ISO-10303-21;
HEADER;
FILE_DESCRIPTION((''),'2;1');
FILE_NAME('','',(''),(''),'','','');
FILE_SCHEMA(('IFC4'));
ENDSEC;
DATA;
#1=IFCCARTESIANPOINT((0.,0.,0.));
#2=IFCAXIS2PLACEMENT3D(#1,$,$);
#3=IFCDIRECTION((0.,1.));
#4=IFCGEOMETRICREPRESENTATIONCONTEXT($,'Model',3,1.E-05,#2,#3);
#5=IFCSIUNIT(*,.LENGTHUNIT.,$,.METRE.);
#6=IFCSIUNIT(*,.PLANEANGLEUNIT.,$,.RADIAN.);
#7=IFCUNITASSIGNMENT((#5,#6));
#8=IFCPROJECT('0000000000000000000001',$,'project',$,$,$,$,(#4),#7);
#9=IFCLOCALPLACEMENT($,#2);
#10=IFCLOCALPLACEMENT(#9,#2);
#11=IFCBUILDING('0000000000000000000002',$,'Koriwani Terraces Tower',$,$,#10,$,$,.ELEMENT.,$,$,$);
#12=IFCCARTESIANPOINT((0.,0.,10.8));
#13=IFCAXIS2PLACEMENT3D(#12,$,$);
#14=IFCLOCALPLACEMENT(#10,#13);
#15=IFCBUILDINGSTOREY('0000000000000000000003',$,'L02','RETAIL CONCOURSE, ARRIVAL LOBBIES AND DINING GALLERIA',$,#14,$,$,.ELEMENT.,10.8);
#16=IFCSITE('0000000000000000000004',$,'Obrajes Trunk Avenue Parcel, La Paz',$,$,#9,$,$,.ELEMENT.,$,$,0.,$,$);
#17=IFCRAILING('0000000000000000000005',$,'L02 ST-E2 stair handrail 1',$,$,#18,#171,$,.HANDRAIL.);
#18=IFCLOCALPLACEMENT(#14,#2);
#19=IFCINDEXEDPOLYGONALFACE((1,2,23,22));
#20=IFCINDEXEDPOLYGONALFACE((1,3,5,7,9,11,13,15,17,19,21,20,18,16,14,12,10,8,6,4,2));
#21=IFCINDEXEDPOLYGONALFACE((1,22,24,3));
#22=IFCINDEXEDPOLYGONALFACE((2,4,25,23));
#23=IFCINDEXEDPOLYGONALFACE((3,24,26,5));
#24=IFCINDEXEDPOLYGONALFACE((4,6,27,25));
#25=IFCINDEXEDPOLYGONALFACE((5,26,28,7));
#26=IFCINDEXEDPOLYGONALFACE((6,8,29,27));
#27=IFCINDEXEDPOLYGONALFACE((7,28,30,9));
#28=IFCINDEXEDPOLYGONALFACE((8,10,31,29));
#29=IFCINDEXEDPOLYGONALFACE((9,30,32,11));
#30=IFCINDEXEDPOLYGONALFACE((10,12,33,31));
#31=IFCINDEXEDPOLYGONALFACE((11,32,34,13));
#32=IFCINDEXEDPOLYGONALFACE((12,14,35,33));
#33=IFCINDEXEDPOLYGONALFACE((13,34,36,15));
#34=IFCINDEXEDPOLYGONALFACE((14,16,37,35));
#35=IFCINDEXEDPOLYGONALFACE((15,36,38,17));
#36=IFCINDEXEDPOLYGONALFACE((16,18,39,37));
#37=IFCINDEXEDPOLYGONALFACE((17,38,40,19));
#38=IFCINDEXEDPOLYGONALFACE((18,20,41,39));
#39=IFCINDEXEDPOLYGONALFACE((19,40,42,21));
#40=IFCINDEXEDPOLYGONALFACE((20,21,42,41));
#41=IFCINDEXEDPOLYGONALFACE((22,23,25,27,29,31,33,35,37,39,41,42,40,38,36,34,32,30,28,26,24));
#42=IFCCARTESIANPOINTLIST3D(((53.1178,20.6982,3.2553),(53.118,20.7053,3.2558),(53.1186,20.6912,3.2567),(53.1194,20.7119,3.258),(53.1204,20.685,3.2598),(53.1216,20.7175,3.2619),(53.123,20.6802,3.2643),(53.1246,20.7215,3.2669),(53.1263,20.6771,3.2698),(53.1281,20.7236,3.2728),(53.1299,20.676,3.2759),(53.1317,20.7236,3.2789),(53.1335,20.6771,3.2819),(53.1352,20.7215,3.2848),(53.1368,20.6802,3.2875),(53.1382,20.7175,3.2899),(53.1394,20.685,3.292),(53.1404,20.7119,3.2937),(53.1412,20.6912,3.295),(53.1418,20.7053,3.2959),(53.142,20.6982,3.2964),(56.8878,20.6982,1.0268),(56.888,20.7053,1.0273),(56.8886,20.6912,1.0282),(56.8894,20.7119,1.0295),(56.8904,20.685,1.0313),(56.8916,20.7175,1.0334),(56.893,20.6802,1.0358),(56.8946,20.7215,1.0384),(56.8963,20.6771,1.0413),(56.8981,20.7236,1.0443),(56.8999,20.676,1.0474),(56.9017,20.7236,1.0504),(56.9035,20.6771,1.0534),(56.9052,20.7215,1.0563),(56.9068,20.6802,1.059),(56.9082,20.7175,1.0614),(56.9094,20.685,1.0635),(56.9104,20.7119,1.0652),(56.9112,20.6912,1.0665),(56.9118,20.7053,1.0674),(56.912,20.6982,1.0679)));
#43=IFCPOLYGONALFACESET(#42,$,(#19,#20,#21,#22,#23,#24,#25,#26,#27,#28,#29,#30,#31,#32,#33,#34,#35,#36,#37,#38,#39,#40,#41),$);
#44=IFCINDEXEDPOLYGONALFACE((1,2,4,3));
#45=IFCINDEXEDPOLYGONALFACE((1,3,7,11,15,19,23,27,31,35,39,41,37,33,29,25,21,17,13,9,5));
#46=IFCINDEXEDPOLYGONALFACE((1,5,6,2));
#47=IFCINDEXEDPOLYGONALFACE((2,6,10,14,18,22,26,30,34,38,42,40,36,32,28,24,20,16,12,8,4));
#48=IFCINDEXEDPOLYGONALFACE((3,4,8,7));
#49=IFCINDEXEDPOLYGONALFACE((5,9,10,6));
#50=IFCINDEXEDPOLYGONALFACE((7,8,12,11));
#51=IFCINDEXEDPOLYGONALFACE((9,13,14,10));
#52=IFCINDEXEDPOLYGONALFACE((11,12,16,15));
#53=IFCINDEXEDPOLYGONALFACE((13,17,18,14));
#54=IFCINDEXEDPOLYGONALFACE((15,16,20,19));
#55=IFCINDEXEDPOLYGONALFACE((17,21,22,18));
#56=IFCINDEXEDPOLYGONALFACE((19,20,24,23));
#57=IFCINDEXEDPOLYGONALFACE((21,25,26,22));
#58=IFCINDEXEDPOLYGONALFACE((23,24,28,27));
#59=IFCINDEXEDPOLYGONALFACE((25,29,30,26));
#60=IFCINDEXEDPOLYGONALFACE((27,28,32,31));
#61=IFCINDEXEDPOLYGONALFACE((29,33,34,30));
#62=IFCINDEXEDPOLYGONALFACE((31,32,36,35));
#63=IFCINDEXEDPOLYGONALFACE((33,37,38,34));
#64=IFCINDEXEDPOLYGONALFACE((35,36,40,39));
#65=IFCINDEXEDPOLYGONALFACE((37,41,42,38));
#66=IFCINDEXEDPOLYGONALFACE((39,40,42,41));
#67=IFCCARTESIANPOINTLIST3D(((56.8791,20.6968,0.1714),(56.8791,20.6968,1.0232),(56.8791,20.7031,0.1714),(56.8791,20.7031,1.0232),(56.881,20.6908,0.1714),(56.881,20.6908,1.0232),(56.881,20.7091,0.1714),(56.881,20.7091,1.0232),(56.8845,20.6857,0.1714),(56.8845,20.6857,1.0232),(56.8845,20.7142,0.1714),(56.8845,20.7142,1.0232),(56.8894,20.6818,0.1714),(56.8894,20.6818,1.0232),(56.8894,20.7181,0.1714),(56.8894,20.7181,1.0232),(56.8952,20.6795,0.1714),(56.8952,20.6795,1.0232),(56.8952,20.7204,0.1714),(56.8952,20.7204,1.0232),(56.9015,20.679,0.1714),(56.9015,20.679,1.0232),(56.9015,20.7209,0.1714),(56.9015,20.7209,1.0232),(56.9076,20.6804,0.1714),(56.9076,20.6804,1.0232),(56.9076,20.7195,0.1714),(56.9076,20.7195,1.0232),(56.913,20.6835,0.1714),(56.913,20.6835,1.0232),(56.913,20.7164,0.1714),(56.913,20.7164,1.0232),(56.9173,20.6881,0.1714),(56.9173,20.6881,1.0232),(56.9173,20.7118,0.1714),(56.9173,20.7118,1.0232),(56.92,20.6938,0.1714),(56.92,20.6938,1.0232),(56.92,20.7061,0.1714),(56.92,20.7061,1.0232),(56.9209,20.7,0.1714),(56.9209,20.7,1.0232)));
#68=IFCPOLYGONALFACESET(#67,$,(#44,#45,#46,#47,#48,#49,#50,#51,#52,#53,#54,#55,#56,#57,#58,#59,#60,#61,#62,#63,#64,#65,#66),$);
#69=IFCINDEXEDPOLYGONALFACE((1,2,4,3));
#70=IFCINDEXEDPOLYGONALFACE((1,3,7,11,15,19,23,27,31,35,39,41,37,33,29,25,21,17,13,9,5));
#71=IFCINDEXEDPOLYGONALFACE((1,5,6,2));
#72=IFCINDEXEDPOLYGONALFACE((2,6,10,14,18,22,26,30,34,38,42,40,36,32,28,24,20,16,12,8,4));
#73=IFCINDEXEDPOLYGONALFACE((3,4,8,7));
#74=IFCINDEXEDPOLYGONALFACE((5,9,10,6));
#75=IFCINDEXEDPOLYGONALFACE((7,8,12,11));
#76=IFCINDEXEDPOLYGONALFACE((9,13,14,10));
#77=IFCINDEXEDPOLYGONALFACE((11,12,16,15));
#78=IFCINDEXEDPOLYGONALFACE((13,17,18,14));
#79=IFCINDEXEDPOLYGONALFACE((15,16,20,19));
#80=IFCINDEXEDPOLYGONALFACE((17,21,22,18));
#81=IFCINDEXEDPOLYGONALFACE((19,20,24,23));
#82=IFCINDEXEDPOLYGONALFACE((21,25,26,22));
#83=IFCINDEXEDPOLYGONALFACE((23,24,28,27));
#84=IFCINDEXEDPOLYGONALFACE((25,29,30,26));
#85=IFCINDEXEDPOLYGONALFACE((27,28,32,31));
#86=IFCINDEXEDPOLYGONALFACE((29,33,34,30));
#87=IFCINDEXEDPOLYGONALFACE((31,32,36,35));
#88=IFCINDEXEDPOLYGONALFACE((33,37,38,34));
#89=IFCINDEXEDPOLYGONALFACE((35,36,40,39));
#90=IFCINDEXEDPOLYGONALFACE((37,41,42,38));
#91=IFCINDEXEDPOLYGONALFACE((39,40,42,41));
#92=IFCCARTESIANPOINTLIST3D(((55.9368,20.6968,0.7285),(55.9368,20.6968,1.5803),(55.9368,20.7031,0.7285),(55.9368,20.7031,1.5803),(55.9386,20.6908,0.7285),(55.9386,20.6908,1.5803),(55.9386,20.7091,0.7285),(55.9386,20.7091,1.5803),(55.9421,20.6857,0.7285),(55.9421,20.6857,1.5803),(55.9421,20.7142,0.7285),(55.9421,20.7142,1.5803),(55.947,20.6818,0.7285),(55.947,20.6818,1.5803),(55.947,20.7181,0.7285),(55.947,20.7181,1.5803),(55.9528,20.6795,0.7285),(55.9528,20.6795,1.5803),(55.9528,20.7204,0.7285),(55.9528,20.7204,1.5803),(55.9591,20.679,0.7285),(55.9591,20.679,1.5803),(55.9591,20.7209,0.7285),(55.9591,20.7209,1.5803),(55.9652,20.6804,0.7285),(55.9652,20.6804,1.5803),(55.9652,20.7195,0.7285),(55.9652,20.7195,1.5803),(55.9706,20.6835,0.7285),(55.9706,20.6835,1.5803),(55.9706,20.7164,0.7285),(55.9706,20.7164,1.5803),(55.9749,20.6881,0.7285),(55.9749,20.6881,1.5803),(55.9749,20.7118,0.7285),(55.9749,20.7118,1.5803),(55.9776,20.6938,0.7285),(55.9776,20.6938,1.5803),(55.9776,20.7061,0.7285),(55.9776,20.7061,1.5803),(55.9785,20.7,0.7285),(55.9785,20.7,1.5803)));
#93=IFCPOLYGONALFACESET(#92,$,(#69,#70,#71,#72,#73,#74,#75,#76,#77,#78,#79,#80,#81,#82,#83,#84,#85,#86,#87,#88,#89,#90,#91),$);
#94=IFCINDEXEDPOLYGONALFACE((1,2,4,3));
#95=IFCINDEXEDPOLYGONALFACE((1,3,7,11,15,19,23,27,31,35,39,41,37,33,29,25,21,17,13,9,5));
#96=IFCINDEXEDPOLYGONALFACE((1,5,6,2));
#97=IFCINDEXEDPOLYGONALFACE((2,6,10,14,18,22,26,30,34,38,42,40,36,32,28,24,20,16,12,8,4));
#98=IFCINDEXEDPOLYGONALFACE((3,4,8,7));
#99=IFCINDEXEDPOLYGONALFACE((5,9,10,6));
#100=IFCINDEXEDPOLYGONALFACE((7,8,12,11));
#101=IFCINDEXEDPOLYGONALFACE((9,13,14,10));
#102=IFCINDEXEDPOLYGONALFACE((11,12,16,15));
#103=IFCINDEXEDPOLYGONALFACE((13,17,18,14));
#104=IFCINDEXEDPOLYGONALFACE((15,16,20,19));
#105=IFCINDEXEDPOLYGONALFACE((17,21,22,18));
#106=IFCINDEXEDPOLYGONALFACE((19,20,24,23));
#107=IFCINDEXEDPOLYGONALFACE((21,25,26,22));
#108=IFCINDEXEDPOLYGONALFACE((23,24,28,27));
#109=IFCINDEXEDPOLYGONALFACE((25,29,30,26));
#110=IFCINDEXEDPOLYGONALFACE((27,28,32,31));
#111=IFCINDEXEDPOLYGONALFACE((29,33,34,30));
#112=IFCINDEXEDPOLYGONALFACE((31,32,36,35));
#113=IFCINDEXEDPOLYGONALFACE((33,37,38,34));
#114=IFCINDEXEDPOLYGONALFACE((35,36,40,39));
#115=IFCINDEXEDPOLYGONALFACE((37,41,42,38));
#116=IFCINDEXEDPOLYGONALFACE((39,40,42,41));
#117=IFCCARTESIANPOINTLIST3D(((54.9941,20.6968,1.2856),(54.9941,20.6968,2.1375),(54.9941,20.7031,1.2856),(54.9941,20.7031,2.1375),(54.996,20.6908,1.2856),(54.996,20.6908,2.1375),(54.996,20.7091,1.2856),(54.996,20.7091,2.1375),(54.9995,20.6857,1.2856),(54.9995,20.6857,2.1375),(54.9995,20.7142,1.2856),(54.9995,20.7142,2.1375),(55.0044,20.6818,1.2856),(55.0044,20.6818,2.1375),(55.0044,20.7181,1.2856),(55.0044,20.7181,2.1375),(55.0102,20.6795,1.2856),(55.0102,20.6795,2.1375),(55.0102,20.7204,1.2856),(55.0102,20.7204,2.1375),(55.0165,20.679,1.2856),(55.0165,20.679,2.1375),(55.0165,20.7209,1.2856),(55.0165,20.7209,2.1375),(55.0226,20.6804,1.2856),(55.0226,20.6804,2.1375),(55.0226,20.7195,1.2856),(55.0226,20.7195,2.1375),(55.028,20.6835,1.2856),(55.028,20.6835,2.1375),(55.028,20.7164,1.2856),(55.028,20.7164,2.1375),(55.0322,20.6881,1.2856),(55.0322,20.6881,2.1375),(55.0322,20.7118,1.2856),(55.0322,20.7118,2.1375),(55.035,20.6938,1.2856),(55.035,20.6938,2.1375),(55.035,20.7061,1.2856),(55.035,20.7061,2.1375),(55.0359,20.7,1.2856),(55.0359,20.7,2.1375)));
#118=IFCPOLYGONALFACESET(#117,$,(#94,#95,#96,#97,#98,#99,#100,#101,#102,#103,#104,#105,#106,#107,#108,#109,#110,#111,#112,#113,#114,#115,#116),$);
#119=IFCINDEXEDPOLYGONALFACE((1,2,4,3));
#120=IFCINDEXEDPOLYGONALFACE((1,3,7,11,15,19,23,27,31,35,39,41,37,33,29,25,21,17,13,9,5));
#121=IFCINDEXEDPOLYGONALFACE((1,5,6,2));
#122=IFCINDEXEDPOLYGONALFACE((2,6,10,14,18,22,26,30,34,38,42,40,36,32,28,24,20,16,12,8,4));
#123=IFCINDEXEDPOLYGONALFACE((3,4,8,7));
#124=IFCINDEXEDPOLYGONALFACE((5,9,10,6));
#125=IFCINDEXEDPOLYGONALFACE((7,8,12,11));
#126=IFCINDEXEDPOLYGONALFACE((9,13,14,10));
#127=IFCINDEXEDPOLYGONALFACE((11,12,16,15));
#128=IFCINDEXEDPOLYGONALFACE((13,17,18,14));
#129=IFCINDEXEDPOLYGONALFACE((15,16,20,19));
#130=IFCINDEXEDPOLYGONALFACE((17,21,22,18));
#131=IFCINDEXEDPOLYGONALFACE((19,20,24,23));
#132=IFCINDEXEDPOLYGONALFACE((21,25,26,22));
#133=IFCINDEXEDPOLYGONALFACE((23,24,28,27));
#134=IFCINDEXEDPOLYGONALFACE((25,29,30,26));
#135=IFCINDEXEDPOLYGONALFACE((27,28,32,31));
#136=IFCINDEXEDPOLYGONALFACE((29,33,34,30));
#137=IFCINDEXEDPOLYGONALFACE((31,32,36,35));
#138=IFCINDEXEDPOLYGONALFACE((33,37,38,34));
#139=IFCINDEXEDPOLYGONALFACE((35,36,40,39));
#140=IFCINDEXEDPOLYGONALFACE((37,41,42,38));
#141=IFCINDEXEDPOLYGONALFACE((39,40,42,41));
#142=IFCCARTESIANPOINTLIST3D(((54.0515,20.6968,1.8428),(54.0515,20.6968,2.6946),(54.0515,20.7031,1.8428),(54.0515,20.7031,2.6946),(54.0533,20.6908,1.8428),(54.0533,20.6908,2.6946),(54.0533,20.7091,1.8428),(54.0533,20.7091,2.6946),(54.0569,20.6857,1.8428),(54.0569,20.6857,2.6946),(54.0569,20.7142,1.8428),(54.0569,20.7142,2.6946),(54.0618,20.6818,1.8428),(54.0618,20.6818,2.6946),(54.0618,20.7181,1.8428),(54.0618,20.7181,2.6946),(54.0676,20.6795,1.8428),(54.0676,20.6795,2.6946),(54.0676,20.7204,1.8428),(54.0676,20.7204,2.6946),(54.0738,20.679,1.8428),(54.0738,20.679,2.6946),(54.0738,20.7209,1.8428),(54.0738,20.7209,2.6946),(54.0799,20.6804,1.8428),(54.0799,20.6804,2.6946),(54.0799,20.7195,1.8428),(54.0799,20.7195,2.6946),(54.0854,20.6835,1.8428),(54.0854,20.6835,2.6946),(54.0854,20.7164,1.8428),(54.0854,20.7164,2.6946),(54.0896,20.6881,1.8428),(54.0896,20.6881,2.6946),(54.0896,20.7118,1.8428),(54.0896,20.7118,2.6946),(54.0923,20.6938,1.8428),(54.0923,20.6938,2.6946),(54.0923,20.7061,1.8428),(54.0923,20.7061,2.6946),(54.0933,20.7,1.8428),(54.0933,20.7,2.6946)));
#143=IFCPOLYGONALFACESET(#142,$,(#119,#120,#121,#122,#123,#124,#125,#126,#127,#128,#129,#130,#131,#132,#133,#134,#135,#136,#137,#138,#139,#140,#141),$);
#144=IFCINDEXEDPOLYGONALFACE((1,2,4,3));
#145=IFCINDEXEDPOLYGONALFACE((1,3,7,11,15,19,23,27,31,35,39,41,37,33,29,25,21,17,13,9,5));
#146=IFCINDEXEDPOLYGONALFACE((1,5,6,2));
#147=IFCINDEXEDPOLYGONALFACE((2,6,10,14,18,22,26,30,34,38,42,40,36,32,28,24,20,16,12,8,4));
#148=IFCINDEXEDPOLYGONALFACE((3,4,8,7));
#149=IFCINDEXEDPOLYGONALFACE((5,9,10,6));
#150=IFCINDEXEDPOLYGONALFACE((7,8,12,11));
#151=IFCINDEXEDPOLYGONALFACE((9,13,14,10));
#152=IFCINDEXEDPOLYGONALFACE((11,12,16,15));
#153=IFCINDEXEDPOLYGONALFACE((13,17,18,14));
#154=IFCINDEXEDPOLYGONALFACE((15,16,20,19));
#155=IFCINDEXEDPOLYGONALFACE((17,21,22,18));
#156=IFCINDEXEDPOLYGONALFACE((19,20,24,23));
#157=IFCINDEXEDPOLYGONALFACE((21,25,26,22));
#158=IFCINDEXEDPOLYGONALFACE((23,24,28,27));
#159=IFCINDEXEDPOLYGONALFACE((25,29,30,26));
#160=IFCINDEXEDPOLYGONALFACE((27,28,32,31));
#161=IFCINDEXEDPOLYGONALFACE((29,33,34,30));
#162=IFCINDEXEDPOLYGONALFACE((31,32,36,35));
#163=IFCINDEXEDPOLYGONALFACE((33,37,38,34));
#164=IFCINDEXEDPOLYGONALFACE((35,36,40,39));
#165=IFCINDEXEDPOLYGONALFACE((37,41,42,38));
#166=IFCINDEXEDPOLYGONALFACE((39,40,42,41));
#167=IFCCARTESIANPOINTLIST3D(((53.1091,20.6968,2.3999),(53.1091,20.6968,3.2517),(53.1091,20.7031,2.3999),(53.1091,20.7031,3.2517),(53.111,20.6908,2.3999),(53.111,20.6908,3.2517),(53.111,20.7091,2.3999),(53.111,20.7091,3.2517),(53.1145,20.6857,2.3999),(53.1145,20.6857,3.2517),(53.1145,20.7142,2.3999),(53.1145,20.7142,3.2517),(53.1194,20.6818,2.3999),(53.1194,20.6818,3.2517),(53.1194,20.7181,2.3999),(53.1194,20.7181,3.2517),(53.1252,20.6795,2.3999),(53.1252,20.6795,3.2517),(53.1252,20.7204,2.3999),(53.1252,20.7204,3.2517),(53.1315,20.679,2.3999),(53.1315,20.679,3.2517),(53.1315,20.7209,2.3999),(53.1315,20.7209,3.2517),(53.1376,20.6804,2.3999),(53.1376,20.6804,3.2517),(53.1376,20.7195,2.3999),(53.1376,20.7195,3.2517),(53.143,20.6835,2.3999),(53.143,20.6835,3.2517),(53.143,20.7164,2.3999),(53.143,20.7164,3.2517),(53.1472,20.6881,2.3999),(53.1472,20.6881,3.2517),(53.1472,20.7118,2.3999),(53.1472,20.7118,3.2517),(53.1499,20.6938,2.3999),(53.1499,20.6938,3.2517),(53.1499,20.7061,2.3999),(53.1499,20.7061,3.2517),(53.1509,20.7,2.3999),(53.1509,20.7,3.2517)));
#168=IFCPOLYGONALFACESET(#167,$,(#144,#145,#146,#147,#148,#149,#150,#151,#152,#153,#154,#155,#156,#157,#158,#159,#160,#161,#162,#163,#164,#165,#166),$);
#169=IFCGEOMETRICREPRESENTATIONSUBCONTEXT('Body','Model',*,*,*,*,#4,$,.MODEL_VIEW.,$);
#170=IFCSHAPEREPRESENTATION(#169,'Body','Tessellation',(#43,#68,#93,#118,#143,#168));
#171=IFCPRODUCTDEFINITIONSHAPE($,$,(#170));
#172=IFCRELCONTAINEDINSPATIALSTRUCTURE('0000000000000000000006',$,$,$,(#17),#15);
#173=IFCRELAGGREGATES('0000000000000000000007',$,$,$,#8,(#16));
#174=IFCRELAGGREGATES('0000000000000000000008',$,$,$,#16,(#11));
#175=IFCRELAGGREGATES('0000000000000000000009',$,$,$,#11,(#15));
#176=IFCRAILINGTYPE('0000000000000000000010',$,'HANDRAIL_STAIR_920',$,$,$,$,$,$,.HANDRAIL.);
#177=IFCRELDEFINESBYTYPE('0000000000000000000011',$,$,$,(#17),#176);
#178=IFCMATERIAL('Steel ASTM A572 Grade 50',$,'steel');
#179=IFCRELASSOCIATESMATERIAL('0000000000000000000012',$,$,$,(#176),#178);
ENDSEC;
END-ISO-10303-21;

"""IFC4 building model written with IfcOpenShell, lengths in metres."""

from ifc_helpers import new_model, si_unit, direction, frame, origin, origin_2d, place, context, subcontext, project, spatial, circle, extrude, material, type_object, element, save


model = new_model("IFC4")

# Units and contexts
model_context = context("Model", 3, precision=1e-05, world=origin(), true_north=direction((0.0, 1.0)))
body_context = subcontext(model_context, "Body", "Model", "MODEL_VIEW")
ifc_project = project(units=[si_unit("LENGTHUNIT", "METRE"), si_unit("PLANEANGLEUNIT", "RADIAN")], contexts=[model_context])

# Site, building, storey
site_placement = place(None, origin())
site = spatial("IfcSite", under=ifc_project, at=site_placement, Name="Obrajes Trunk Avenue Parcel, La Paz", CompositionType="ELEMENT", RefElevation=0.0)
building_placement = place(site_placement, origin())
building = spatial("IfcBuilding", under=site, at=building_placement, Name="Koriwani Terraces Tower", CompositionType="ELEMENT")
storey_placement = place(building_placement, frame((0.0, 0.0, 10.8)))
storey = spatial("IfcBuildingStorey", under=building, at=storey_placement, Name="L02", Description="RETAIL CONCOURSE, ARRIVAL LOBBIES AND DINING GALLERIA", CompositionType="ELEMENT", Elevation=10.8)

# Shared definitions
ifc_material_1 = material(Name="Steel ASTM A572 Grade 50", Category="steel")

# Railing
railing_type_1 = type_object("IfcRailingType", Name="HANDRAIL_STAIR_920", PredefinedType="HANDRAIL", material=ifc_material_1)
railing_1_placement = place(storey_placement, frame((56.8999, 20.7, 0.1714)))
element("IfcRailing", 1, at=railing_1_placement, inside=storey, type_object=railing_type_1, Name="L02 ST-E2 stair handrail 1", PredefinedType="HANDRAIL", context=body_context, shape_type="SweptSolid", body=[
    extrude(circle(Radius=0.0239, at=origin_2d()), frame((0.0, 0.0, 0.876), z_axis=(-0.860849, 0.0, 0.508861), x_axis=(0.0, -1.0, 0.0)), (0.0, 0.0, 1.0), 4.3794),
    extrude(circle(Radius=0.021, at=origin_2d()), origin(), (0.0, 0.0, 1.0), 0.8518),
    extrude(circle(Radius=0.021, at=origin_2d()), frame((-0.9424, 0.0, 0.5571)), (0.0, 0.0, 1.0), 0.8518),
    extrude(circle(Radius=0.021, at=origin_2d()), frame((-1.885, 0.0, 1.1143)), (0.0, 0.0, 1.0), 0.8518),
    extrude(circle(Radius=0.021, at=origin_2d()), frame((-2.8276, 0.0, 1.6714)), (0.0, 0.0, 1.0), 0.8518),
    extrude(circle(Radius=0.021, at=origin_2d()), frame((-3.77, 0.0, 2.2285)), (0.0, 0.0, 1.0), 0.8518),
])

save(model, "model.ifc")
